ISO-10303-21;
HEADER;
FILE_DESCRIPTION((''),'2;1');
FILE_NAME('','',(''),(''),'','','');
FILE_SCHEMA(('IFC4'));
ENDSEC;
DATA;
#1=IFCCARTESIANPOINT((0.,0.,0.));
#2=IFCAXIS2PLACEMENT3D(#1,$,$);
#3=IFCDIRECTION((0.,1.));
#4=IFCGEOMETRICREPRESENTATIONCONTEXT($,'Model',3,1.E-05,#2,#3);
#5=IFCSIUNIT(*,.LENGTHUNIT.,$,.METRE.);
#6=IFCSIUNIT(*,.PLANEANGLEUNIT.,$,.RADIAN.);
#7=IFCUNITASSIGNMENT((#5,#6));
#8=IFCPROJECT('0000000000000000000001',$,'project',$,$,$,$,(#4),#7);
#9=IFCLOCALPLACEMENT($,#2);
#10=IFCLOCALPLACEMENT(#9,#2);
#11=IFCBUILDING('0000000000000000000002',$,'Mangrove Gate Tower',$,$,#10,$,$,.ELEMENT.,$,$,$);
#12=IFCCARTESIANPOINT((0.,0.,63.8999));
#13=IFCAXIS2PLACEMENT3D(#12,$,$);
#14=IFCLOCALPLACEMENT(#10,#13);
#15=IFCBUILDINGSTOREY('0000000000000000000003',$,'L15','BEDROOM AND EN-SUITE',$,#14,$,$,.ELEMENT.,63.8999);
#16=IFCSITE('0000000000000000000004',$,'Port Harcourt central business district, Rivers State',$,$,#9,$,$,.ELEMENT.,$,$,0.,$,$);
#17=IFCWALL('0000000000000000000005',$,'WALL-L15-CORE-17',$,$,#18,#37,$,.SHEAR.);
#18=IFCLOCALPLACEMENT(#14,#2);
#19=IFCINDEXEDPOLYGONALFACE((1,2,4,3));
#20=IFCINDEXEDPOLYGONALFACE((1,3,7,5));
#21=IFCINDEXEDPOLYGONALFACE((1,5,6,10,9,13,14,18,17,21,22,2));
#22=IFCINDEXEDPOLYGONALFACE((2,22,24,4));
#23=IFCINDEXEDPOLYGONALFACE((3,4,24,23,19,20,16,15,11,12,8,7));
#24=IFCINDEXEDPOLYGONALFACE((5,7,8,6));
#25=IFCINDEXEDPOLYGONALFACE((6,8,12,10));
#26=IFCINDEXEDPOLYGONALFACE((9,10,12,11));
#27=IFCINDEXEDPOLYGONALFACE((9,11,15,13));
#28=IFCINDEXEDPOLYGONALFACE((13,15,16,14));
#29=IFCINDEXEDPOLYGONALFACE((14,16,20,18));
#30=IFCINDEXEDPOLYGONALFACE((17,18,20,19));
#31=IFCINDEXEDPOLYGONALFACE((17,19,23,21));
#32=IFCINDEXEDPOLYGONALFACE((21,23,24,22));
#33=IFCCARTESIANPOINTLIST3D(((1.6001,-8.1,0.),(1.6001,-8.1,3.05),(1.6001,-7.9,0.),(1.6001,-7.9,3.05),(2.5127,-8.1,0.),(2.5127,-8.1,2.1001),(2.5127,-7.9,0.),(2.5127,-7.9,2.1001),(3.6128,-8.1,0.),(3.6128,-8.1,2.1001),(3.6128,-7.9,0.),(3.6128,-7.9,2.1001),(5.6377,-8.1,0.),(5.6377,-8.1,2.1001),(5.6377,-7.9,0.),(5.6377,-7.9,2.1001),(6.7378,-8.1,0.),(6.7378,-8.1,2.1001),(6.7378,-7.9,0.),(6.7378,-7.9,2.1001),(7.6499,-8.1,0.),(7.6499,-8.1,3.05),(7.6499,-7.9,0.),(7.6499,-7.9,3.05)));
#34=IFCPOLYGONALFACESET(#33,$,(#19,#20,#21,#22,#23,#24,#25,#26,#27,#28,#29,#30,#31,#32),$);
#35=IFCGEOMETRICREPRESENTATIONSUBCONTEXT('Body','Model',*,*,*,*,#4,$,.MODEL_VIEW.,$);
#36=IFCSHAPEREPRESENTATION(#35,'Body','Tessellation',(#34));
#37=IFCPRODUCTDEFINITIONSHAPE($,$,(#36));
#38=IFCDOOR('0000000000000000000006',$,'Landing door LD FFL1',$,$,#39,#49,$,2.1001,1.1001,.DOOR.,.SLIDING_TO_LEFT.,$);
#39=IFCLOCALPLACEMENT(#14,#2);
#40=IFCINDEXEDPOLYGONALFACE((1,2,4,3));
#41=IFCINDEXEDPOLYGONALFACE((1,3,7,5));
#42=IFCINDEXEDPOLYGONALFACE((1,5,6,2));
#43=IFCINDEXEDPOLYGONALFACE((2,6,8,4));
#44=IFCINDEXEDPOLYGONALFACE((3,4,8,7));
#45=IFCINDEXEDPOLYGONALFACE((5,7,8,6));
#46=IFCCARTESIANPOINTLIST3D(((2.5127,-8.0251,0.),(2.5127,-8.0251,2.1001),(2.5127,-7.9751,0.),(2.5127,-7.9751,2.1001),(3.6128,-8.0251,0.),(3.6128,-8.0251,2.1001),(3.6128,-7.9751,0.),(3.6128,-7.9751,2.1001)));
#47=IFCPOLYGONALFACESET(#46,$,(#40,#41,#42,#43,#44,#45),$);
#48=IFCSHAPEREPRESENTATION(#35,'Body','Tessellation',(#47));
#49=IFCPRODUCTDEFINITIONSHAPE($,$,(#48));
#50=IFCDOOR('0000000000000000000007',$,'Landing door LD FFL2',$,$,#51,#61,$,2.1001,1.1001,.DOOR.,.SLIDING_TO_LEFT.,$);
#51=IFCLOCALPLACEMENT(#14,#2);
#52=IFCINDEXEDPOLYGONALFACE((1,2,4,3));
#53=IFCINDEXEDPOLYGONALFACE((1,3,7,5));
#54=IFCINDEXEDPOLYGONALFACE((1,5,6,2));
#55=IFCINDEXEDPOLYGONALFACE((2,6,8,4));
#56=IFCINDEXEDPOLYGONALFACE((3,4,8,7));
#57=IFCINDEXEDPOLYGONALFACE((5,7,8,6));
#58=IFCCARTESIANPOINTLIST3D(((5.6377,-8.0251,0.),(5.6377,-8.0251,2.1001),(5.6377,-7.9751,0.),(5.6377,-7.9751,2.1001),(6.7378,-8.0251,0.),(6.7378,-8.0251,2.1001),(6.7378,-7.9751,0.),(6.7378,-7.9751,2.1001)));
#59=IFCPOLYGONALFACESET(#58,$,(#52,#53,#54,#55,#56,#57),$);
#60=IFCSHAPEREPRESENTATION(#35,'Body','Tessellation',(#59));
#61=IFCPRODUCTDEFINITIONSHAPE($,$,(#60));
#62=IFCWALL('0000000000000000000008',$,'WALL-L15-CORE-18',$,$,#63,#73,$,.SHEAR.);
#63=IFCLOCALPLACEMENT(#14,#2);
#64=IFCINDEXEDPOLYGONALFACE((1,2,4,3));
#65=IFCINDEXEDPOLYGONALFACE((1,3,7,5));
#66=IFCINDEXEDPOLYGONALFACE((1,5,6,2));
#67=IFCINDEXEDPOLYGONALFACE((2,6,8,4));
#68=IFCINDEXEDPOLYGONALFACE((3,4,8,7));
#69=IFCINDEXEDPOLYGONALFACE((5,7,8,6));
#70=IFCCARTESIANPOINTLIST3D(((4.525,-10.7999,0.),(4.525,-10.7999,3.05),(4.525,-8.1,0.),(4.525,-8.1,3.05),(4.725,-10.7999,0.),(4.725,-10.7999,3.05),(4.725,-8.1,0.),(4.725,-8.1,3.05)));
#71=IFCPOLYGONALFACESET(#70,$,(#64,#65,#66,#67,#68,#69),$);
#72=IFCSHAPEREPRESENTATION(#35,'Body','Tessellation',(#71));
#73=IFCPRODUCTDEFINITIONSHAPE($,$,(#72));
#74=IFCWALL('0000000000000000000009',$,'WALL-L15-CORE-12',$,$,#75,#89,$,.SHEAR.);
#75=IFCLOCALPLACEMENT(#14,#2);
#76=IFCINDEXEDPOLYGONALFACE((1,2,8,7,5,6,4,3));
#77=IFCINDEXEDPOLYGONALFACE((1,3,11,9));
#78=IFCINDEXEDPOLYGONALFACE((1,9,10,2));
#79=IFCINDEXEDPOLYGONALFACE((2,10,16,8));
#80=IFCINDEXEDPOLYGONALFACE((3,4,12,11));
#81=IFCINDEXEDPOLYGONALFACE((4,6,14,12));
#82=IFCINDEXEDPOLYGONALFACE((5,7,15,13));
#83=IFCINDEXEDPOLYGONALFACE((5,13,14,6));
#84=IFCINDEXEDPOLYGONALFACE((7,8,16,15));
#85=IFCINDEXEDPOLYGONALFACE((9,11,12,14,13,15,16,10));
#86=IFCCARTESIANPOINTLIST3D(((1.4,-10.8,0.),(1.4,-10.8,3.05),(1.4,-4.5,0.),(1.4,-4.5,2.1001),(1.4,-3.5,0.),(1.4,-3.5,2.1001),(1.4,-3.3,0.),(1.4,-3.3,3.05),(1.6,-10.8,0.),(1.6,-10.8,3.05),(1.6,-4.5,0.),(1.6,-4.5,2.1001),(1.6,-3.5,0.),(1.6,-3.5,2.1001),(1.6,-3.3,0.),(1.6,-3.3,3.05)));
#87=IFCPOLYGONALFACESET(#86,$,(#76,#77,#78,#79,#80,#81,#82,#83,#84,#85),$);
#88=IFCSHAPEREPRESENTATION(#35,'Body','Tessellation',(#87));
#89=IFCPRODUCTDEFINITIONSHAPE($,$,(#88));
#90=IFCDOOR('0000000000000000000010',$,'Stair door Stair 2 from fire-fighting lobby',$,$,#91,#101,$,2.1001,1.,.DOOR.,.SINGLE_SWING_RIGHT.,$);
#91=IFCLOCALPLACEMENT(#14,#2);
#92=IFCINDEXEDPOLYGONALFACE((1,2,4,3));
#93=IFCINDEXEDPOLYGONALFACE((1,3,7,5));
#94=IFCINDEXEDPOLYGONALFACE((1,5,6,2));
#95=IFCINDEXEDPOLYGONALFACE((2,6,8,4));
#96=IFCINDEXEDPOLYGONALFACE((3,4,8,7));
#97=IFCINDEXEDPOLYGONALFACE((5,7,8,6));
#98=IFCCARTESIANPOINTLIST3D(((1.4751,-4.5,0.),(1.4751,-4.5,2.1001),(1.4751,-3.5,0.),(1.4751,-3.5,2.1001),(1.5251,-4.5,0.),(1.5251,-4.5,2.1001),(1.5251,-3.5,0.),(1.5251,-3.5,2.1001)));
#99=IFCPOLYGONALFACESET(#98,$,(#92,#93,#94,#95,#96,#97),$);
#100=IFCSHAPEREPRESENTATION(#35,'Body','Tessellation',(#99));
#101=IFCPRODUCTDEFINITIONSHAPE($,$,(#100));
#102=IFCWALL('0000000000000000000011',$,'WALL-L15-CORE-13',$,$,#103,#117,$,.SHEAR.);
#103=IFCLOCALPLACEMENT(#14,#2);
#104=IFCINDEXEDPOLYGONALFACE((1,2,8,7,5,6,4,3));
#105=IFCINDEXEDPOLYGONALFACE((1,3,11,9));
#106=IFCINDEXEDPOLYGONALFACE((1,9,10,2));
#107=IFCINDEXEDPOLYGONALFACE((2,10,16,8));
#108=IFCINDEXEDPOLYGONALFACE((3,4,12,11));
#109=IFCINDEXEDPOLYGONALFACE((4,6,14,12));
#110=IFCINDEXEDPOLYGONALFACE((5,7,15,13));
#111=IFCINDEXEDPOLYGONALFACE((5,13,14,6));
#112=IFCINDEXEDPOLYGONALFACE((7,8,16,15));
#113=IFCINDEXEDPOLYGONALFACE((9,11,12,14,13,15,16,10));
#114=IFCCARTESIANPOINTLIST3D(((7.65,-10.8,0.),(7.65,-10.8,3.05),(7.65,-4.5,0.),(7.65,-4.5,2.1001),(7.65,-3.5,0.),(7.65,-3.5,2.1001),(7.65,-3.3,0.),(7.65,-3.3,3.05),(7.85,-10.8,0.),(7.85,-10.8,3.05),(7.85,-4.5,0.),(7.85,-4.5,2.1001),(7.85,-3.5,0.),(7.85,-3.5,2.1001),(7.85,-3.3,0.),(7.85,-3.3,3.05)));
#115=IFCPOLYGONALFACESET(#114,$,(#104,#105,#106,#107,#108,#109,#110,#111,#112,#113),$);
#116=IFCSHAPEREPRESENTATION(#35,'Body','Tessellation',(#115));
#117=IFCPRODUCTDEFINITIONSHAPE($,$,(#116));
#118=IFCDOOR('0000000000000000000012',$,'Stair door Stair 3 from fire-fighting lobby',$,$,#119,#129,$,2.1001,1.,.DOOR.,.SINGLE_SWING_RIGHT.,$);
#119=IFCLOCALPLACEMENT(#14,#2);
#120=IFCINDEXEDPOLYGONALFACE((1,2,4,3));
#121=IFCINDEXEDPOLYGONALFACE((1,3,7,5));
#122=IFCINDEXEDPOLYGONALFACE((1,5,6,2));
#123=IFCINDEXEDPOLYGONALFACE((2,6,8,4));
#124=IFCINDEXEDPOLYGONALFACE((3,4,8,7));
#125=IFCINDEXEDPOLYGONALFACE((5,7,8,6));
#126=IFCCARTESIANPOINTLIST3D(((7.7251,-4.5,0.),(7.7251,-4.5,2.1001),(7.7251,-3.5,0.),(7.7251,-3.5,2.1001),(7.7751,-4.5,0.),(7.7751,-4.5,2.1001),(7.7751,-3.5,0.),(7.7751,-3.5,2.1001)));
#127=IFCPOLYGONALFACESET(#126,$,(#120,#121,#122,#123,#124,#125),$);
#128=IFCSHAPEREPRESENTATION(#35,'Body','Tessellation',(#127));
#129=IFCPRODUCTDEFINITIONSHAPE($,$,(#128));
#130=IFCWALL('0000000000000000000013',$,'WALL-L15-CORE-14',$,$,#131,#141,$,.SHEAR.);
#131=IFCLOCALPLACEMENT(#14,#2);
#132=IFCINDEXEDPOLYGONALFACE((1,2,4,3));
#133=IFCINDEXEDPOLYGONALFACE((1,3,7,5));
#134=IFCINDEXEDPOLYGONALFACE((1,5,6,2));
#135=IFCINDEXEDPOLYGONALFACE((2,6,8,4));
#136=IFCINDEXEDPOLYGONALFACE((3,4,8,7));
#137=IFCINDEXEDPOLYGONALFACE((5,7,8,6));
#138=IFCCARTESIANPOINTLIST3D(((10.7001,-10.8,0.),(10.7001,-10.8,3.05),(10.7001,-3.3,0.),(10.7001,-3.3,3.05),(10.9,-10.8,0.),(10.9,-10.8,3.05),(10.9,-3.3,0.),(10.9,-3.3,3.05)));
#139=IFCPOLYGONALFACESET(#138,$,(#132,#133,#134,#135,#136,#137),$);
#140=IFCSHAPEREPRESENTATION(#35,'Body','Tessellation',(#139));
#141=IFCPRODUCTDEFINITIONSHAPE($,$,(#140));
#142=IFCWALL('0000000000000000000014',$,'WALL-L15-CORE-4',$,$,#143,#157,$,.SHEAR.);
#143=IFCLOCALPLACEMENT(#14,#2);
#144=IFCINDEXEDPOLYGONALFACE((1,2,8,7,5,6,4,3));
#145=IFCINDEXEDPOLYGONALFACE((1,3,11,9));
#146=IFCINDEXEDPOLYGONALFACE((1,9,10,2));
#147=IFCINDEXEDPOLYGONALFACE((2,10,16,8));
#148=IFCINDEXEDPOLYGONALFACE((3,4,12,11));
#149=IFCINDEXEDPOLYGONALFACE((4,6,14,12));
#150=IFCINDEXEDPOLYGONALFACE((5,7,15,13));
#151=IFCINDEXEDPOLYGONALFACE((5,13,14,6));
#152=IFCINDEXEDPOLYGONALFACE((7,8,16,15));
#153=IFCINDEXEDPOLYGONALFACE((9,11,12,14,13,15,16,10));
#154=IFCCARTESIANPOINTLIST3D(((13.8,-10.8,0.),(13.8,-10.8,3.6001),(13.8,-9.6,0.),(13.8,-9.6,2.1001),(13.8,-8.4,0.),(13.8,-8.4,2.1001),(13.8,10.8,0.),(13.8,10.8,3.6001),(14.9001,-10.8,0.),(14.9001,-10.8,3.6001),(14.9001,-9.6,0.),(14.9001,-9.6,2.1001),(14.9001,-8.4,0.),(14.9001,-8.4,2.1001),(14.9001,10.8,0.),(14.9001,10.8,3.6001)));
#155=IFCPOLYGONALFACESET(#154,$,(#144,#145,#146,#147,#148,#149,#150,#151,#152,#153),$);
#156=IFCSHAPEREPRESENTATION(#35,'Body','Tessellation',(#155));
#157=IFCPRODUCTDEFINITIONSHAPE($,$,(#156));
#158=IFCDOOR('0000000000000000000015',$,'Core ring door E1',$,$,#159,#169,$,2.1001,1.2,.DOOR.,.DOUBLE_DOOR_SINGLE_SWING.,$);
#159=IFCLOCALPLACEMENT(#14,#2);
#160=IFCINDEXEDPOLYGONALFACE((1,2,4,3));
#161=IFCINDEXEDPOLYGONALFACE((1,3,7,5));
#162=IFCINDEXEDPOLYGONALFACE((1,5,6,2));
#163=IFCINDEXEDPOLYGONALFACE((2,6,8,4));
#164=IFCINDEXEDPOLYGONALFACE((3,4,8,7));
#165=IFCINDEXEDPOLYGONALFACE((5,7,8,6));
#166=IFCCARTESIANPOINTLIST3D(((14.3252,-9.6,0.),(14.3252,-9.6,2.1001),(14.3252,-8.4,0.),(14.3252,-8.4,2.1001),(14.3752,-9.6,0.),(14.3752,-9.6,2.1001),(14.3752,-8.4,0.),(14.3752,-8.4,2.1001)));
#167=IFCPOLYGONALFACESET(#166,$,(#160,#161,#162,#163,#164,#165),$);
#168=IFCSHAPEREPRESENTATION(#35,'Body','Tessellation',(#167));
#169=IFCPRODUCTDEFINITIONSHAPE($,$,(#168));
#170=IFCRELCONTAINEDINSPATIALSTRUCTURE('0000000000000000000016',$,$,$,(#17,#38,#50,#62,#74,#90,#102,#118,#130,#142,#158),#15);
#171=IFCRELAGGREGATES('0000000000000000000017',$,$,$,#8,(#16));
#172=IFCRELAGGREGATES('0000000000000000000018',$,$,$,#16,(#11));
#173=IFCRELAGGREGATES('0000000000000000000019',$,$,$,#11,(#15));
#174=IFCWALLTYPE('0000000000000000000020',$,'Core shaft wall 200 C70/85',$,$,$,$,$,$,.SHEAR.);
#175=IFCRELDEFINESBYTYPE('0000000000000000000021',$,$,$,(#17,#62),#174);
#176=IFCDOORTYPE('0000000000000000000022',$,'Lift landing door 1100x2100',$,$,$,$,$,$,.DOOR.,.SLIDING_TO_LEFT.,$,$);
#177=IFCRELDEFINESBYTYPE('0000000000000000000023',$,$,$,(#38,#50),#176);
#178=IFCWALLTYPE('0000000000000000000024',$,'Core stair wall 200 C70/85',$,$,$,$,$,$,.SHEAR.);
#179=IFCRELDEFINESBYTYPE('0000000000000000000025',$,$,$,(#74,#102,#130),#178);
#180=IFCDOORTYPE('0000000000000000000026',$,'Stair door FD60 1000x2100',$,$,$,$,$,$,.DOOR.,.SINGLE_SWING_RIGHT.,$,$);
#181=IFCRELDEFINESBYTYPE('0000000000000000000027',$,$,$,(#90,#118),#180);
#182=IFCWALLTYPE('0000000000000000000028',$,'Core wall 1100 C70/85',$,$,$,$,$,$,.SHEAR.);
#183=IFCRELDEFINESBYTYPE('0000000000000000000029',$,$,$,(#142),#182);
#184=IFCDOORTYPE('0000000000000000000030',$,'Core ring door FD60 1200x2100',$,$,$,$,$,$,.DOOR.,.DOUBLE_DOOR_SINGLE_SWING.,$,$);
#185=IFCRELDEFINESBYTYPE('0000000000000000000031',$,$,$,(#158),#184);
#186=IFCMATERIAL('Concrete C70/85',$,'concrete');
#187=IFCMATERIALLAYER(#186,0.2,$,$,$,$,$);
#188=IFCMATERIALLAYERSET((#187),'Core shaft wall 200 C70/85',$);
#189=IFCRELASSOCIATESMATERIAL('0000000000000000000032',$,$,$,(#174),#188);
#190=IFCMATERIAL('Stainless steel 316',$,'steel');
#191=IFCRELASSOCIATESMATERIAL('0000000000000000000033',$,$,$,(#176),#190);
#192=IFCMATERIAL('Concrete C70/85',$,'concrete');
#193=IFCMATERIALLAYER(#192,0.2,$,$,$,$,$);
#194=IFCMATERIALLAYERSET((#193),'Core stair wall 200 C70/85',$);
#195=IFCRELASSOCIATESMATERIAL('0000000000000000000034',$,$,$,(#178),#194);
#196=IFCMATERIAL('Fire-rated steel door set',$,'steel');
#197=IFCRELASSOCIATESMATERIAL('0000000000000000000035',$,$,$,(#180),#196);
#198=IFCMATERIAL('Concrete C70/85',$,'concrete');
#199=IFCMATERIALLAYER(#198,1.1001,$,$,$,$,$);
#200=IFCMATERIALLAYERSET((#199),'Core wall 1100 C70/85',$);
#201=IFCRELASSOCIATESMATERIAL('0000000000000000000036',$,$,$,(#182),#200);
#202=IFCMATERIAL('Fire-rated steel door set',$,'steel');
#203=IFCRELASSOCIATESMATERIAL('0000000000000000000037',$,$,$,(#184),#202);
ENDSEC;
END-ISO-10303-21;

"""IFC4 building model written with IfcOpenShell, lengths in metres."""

from ifc_helpers import new_model, si_unit, direction, frame, frame_2d, origin, place, context, subcontext, project, spatial, rectangle, extrude, material, layer, layer_set, type_object, element, fill, save


model = new_model("IFC4")

# Units and contexts
model_context = context("Model", 3, precision=1e-05, world=origin(), true_north=direction((0.0, 1.0)))
body_context = subcontext(model_context, "Body", "Model", "MODEL_VIEW")
ifc_project = project(units=[si_unit("LENGTHUNIT", "METRE"), si_unit("PLANEANGLEUNIT", "RADIAN")], contexts=[model_context])

# Site, building, storey
site_placement = place(None, origin())
site = spatial("IfcSite", under=ifc_project, at=site_placement, Name="Port Harcourt central business district, Rivers State", CompositionType="ELEMENT", RefElevation=0.0)
building_placement = place(site_placement, origin())
building = spatial("IfcBuilding", under=site, at=building_placement, Name="Mangrove Gate Tower", CompositionType="ELEMENT")
storey_placement = place(building_placement, frame((0.0, 0.0, 63.8999)))
storey = spatial("IfcBuildingStorey", under=building, at=storey_placement, Name="L15", Description="BEDROOM AND EN-SUITE", CompositionType="ELEMENT", Elevation=63.8999)

# Wall, openings, doors
ifc_material_1 = material(Name="Concrete C70/85", Category="concrete")
ifc_layer_1 = layer(ifc_material_1, 0.2)
ifc_layer_set_1 = layer_set([ifc_layer_1], Name="Core shaft wall 200 C70/85")
wall_type_1 = type_object("IfcWallType", Name="Core shaft wall 200 C70/85", PredefinedType="SHEAR", material=ifc_layer_set_1)
wall_1_placement = place(storey_placement, frame((1.6001, -8.0, 0.0), z_axis=(0.0, 0.0, 1.0), x_axis=(1.0, 0.0, 0.0)))
wall_1 = element("IfcWall", 1, at=wall_1_placement, inside=storey, type_object=wall_type_1, Name="WALL-L15-CORE-17", PredefinedType="SHEAR", context=body_context, shape_type="SweptSolid", body=[
    extrude(rectangle(XDim=6.0498, YDim=0.2, at=frame_2d((3.0249, 0.0))), origin(), (0.0, 0.0, 1.0), 3.05),
])
opening_1_placement = place(wall_1_placement, frame((0.9126, 0.0, 0.0)))
opening_1 = element("IfcOpeningElement", 2, at=opening_1_placement, cuts=wall_1, PredefinedType="OPENING", context=body_context, shape_type="SweptSolid", body=[
    extrude(rectangle(XDim=1.1001, YDim=2.1001, at=frame_2d((0.55, 1.05))), frame((0.0, 0.1099, 0.0), z_axis=(0.0, -1.0, 0.0), x_axis=(1.0, 0.0, 0.0)), (0.0, 0.0, 1.0), 0.22),
])
opening_2_placement = place(wall_1_placement, frame((4.0376, 0.0, 0.0)))
opening_2 = element("IfcOpeningElement", 3, at=opening_2_placement, cuts=wall_1, PredefinedType="OPENING", context=body_context, shape_type="SweptSolid", body=[
    extrude(rectangle(XDim=1.1001, YDim=2.1001, at=frame_2d((0.55, 1.05))), frame((0.0, 0.1099, 0.0), z_axis=(0.0, -1.0, 0.0), x_axis=(1.0, 0.0, 0.0)), (0.0, 0.0, 1.0), 0.22),
])
ifc_material_2 = material(Name="Stainless steel 316", Category="steel")
door_type_1 = type_object("IfcDoorType", Name="Lift landing door 1100x2100", OperationType="SLIDING_TO_LEFT", PredefinedType="DOOR", material=ifc_material_2)
door_1_placement = place(opening_1_placement, origin())
door_1 = element("IfcDoor", 4, at=door_1_placement, inside=storey, type_object=door_type_1, Name="Landing door LD FFL1", OperationType="SLIDING_TO_LEFT", OverallHeight=2.1001, OverallWidth=1.1001, PredefinedType="DOOR", context=body_context, shape_type="SweptSolid", body=[
    extrude(rectangle(XDim=1.1001, YDim=2.1001, at=frame_2d((0.55, 1.05))), frame((0.0, 0.0249, 0.0), z_axis=(0.0, -1.0, 0.0), x_axis=(1.0, 0.0, 0.0)), (0.0, 0.0, 1.0), 0.05),
])
fill(opening_1, door_1)
door_2_placement = place(opening_2_placement, origin())
door_2 = element("IfcDoor", 5, at=door_2_placement, inside=storey, type_object=door_type_1, Name="Landing door LD FFL2", OperationType="SLIDING_TO_LEFT", OverallHeight=2.1001, OverallWidth=1.1001, PredefinedType="DOOR", context=body_context, shape_type="SweptSolid", body=[
    extrude(rectangle(XDim=1.1001, YDim=2.1001, at=frame_2d((0.55, 1.05))), frame((0.0, 0.0249, 0.0), z_axis=(0.0, -1.0, 0.0), x_axis=(1.0, 0.0, 0.0)), (0.0, 0.0, 1.0), 0.05),
])
fill(opening_2, door_2)

# Wall
wall_2_placement = place(storey_placement, frame((4.625, -10.8, 0.0), z_axis=(0.0, 0.0, 1.0), x_axis=(0.0, 1.0, 0.0)))
element("IfcWall", 6, at=wall_2_placement, inside=storey, type_object=wall_type_1, Name="WALL-L15-CORE-18", PredefinedType="SHEAR", context=body_context, shape_type="SweptSolid", body=[
    extrude(rectangle(XDim=2.7, YDim=0.2, at=frame_2d((1.3501, 0.0))), origin(), (0.0, 0.0, 1.0), 3.05),
])

# Walls, openings, doors
ifc_material_3 = material(Name="Concrete C70/85", Category="concrete")
ifc_layer_2 = layer(ifc_material_3, 0.2)
ifc_layer_set_2 = layer_set([ifc_layer_2], Name="Core stair wall 200 C70/85")
wall_type_2 = type_object("IfcWallType", Name="Core stair wall 200 C70/85", PredefinedType="SHEAR", material=ifc_layer_set_2)
wall_3_placement = place(storey_placement, frame((1.5, -10.8, 0.0), z_axis=(0.0, 0.0, 1.0), x_axis=(0.0, 1.0, 0.0)))
wall_3 = element("IfcWall", 7, at=wall_3_placement, inside=storey, type_object=wall_type_2, Name="WALL-L15-CORE-12", PredefinedType="SHEAR", context=body_context, shape_type="SweptSolid", body=[
    extrude(rectangle(XDim=7.5, YDim=0.2, at=frame_2d((3.75, 0.0))), origin(), (0.0, 0.0, 1.0), 3.05),
])
opening_3_placement = place(wall_3_placement, frame((6.3, 0.0, 0.0)))
opening_3 = element("IfcOpeningElement", 8, at=opening_3_placement, cuts=wall_3, PredefinedType="OPENING", context=body_context, shape_type="SweptSolid", body=[
    extrude(rectangle(XDim=1.0, YDim=2.1001, at=frame_2d((0.5, 1.05))), frame((0.0, 0.1099, 0.0), z_axis=(0.0, -1.0, 0.0), x_axis=(1.0, 0.0, 0.0)), (0.0, 0.0, 1.0), 0.22),
])
ifc_material_4 = material(Name="Fire-rated steel door set", Category="steel")
door_type_2 = type_object("IfcDoorType", Name="Stair door FD60 1000x2100", OperationType="SINGLE_SWING_RIGHT", PredefinedType="DOOR", material=ifc_material_4)
door_3_placement = place(opening_3_placement, origin())
door_3 = element("IfcDoor", 9, at=door_3_placement, inside=storey, type_object=door_type_2, Name="Stair door Stair 2 from fire-fighting lobby", OperationType="SINGLE_SWING_RIGHT", OverallHeight=2.1001, OverallWidth=1.0, PredefinedType="DOOR", context=body_context, shape_type="SweptSolid", body=[
    extrude(rectangle(XDim=1.0, YDim=2.1001, at=frame_2d((0.5, 1.05))), frame((0.0, 0.0249, 0.0), z_axis=(0.0, -1.0, 0.0), x_axis=(1.0, 0.0, 0.0)), (0.0, 0.0, 1.0), 0.05),
])
fill(opening_3, door_3)
wall_4_placement = place(storey_placement, frame((7.75, -10.8, 0.0), z_axis=(0.0, 0.0, 1.0), x_axis=(0.0, 1.0, 0.0)))
wall_4 = element("IfcWall", 10, at=wall_4_placement, inside=storey, type_object=wall_type_2, Name="WALL-L15-CORE-13", PredefinedType="SHEAR", context=body_context, shape_type="SweptSolid", body=[
    extrude(rectangle(XDim=7.5, YDim=0.2, at=frame_2d((3.75, 0.0))), origin(), (0.0, 0.0, 1.0), 3.05),
])
opening_4_placement = place(wall_4_placement, frame((6.3, 0.0, 0.0)))
opening_4 = element("IfcOpeningElement", 11, at=opening_4_placement, cuts=wall_4, PredefinedType="OPENING", context=body_context, shape_type="SweptSolid", body=[
    extrude(rectangle(XDim=1.0, YDim=2.1001, at=frame_2d((0.5, 1.05))), frame((0.0, 0.1099, 0.0), z_axis=(0.0, -1.0, 0.0), x_axis=(1.0, 0.0, 0.0)), (0.0, 0.0, 1.0), 0.22),
])
door_4_placement = place(opening_4_placement, origin())
door_4 = element("IfcDoor", 12, at=door_4_placement, inside=storey, type_object=door_type_2, Name="Stair door Stair 3 from fire-fighting lobby", OperationType="SINGLE_SWING_RIGHT", OverallHeight=2.1001, OverallWidth=1.0, PredefinedType="DOOR", context=body_context, shape_type="SweptSolid", body=[
    extrude(rectangle(XDim=1.0, YDim=2.1001, at=frame_2d((0.5, 1.05))), frame((0.0, 0.0249, 0.0), z_axis=(0.0, -1.0, 0.0), x_axis=(1.0, 0.0, 0.0)), (0.0, 0.0, 1.0), 0.05),
])
fill(opening_4, door_4)

# Wall
wall_5_placement = place(storey_placement, frame((10.8, -10.8, 0.0), z_axis=(0.0, 0.0, 1.0), x_axis=(0.0, 1.0, 0.0)))
element("IfcWall", 13, at=wall_5_placement, inside=storey, type_object=wall_type_2, Name="WALL-L15-CORE-14", PredefinedType="SHEAR", context=body_context, shape_type="SweptSolid", body=[
    extrude(rectangle(XDim=7.5, YDim=0.2, at=frame_2d((3.75, 0.0))), origin(), (0.0, 0.0, 1.0), 3.05),
])

# Wall, opening, door
ifc_material_5 = material(Name="Concrete C70/85", Category="concrete")
ifc_layer_3 = layer(ifc_material_5, 1.1001)
ifc_layer_set_3 = layer_set([ifc_layer_3], Name="Core wall 1100 C70/85")
wall_type_3 = type_object("IfcWallType", Name="Core wall 1100 C70/85", PredefinedType="SHEAR", material=ifc_layer_set_3)
wall_6_placement = place(storey_placement, frame((14.3501, -10.8, 0.0), z_axis=(0.0, 0.0, 1.0), x_axis=(0.0, 1.0, 0.0)))
wall_6 = element("IfcWall", 14, at=wall_6_placement, inside=storey, type_object=wall_type_3, Name="WALL-L15-CORE-4", PredefinedType="SHEAR", context=body_context, shape_type="SweptSolid", body=[
    extrude(rectangle(XDim=21.6001, YDim=1.1001, at=frame_2d((10.8, 0.0))), origin(), (0.0, 0.0, 1.0), 3.6001),
])
opening_5_placement = place(wall_6_placement, frame((1.2, 0.0, 0.0)))
opening_5 = element("IfcOpeningElement", 15, at=opening_5_placement, cuts=wall_6, PredefinedType="OPENING", context=body_context, shape_type="SweptSolid", body=[
    extrude(rectangle(XDim=1.2, YDim=2.1001, at=frame_2d((0.6001, 1.05))), frame((0.0, 0.5601, 0.0), z_axis=(0.0, -1.0, 0.0), x_axis=(1.0, 0.0, 0.0)), (0.0, 0.0, 1.0), 1.1201),
])
ifc_material_6 = material(Name="Fire-rated steel door set", Category="steel")
door_type_3 = type_object("IfcDoorType", Name="Core ring door FD60 1200x2100", OperationType="DOUBLE_DOOR_SINGLE_SWING", PredefinedType="DOOR", material=ifc_material_6)
door_5_placement = place(opening_5_placement, origin())
door_5 = element("IfcDoor", 16, at=door_5_placement, inside=storey, type_object=door_type_3, Name="Core ring door E1", OperationType="DOUBLE_DOOR_SINGLE_SWING", OverallHeight=2.1001, OverallWidth=1.2, PredefinedType="DOOR", context=body_context, shape_type="SweptSolid", body=[
    extrude(rectangle(XDim=1.2, YDim=2.1001, at=frame_2d((0.6001, 1.05))), frame((0.0, 0.0249, 0.0), z_axis=(0.0, -1.0, 0.0), x_axis=(1.0, 0.0, 0.0)), (0.0, 0.0, 1.0), 0.05),
])
fill(opening_5, door_5)

save(model, "model.ifc")
